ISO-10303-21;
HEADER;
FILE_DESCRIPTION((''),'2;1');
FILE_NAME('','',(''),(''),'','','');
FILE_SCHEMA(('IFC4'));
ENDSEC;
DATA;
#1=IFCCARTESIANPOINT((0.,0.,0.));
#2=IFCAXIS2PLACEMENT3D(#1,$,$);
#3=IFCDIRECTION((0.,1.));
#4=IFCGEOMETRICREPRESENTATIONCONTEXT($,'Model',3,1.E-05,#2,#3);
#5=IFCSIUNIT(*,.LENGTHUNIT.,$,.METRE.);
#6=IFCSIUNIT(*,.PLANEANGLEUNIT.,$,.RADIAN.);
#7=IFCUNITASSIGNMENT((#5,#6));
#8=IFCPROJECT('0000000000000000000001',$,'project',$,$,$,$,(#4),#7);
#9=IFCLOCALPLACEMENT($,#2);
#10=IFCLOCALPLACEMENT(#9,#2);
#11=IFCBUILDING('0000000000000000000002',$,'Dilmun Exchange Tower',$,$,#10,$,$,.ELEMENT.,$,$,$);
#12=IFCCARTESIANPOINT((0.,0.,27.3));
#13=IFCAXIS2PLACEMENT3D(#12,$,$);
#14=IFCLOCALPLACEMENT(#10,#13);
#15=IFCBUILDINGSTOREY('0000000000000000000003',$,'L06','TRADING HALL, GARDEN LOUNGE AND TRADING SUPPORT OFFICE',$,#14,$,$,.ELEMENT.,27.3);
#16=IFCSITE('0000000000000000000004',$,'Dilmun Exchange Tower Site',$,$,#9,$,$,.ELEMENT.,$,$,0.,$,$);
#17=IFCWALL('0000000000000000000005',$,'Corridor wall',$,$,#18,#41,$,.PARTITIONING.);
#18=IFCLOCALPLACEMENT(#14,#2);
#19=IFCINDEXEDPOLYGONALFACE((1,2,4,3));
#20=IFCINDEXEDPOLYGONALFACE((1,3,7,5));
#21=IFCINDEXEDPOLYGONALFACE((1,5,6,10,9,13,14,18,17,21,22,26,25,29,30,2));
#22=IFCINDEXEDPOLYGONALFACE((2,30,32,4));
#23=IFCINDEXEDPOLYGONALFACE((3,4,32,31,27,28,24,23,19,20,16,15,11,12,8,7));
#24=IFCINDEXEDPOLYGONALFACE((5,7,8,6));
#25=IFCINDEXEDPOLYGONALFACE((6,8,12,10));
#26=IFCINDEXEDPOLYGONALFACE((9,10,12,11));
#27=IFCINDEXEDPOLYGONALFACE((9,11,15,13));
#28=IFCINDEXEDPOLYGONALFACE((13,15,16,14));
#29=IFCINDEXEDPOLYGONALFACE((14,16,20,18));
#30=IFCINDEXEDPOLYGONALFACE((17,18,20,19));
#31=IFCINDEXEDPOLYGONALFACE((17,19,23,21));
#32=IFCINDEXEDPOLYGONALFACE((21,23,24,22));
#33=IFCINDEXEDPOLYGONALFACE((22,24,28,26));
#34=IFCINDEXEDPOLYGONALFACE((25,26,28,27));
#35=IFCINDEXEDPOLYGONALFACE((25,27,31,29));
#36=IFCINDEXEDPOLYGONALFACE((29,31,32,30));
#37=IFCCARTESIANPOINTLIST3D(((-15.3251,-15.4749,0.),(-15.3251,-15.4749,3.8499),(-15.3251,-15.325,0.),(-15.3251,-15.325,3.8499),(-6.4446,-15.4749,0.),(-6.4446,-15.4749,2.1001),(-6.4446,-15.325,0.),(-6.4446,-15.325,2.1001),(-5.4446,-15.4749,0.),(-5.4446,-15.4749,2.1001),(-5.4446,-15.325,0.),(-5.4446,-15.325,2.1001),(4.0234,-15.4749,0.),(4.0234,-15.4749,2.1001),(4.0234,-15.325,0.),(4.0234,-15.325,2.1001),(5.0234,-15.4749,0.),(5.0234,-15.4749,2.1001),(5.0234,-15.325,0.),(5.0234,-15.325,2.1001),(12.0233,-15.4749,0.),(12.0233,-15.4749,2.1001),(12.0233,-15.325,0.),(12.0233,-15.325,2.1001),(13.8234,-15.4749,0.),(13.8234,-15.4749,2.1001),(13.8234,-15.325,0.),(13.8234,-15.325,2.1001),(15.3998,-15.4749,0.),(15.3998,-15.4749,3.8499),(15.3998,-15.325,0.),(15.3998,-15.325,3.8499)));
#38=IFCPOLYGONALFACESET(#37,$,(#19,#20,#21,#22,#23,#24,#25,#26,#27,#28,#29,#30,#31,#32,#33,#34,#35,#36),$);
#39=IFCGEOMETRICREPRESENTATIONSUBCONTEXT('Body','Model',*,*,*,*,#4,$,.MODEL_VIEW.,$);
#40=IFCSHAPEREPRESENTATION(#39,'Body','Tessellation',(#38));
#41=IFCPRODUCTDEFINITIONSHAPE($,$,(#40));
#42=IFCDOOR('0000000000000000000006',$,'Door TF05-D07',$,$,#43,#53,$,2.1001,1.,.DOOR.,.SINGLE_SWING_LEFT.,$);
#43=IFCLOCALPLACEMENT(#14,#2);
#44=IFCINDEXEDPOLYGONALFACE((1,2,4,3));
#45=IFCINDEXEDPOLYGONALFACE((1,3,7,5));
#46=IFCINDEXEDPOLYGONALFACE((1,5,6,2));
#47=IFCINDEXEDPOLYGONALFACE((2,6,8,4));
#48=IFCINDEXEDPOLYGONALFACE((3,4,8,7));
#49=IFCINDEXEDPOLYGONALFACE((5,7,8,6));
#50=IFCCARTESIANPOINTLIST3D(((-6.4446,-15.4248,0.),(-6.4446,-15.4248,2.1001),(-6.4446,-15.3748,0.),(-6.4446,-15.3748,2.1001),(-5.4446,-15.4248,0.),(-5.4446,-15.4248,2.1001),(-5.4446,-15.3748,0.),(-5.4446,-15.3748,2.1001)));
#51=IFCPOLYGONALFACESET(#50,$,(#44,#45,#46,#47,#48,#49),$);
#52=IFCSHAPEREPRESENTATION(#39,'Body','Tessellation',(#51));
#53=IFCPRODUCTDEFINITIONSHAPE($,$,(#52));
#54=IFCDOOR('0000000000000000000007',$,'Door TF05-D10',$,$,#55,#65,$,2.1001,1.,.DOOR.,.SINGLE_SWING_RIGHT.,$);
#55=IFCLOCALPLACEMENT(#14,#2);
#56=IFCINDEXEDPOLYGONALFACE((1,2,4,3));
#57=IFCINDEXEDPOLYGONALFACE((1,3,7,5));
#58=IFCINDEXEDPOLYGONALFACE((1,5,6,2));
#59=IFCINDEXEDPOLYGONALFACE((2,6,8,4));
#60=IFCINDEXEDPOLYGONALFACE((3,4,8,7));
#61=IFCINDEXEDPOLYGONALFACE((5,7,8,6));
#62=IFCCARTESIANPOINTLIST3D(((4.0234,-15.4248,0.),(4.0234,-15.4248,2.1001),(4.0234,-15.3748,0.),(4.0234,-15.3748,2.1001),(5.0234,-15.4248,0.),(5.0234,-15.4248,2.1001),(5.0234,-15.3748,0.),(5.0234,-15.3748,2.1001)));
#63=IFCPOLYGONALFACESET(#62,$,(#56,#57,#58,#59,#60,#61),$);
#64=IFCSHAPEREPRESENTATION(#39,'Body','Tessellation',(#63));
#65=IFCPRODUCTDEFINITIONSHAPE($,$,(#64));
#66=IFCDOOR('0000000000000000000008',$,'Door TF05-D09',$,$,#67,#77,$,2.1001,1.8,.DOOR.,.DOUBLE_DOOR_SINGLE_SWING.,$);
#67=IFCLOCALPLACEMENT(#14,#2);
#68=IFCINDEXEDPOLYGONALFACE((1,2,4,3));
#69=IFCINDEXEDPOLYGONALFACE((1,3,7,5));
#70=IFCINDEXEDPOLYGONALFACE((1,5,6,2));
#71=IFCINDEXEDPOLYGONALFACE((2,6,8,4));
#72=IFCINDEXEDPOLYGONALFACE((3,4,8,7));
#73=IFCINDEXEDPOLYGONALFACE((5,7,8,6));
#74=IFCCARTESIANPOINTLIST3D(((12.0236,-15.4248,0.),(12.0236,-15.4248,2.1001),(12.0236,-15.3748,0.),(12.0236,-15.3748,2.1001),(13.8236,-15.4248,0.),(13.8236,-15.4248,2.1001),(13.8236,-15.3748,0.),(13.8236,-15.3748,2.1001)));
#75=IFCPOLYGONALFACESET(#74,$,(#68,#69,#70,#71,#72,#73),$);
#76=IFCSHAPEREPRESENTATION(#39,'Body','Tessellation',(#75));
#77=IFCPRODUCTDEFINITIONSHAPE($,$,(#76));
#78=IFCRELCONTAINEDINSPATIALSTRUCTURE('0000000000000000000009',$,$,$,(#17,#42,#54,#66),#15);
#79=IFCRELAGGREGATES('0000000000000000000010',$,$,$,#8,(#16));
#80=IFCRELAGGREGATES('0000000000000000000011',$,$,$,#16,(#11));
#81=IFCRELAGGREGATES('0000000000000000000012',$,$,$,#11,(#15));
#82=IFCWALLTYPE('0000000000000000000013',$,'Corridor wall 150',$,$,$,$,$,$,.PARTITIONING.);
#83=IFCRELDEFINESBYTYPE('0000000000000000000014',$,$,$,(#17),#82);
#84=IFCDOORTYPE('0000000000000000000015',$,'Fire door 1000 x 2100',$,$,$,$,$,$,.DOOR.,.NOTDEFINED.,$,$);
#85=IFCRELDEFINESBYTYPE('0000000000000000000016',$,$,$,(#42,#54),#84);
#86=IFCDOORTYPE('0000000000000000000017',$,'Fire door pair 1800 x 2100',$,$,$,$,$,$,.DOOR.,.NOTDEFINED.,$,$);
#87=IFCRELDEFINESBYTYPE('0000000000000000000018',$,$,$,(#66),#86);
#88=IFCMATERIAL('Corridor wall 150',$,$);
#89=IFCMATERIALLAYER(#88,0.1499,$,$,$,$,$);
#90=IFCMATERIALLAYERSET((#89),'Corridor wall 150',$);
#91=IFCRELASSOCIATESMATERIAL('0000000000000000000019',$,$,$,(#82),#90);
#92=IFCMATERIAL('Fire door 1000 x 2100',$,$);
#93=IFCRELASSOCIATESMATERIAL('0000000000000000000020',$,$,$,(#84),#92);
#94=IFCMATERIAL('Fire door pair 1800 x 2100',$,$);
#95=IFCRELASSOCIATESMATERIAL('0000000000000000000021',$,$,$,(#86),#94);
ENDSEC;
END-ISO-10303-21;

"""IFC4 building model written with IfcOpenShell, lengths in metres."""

from ifc_helpers import new_model, si_unit, direction, frame, frame_2d, origin, place, context, subcontext, project, spatial, rectangle, extrude, material, layer, layer_set, type_object, element, fill, save


model = new_model("IFC4")

# Units and contexts
model_context = context("Model", 3, precision=1e-05, world=origin(), true_north=direction((0.0, 1.0)))
body_context = subcontext(model_context, "Body", "Model", "MODEL_VIEW")
ifc_project = project(units=[si_unit("LENGTHUNIT", "METRE"), si_unit("PLANEANGLEUNIT", "RADIAN")], contexts=[model_context])

# Site, building, storey
site_placement = place(None, origin())
site = spatial("IfcSite", under=ifc_project, at=site_placement, Name="Dilmun Exchange Tower Site", CompositionType="ELEMENT", RefElevation=0.0)
building_placement = place(site_placement, origin())
building = spatial("IfcBuilding", under=site, at=building_placement, Name="Dilmun Exchange Tower", CompositionType="ELEMENT")
storey_placement = place(building_placement, frame((0.0, 0.0, 27.3)))
storey = spatial("IfcBuildingStorey", under=building, at=storey_placement, Name="L06", Description="TRADING HALL, GARDEN LOUNGE AND TRADING SUPPORT OFFICE", CompositionType="ELEMENT", Elevation=27.3)

# Wall, openings, doors
ifc_material_1 = material(Name="Corridor wall 150")
ifc_layer_1 = layer(ifc_material_1, 0.1499)
ifc_layer_set_1 = layer_set([ifc_layer_1], Name="Corridor wall 150")
wall_type_1 = type_object("IfcWallType", Name="Corridor wall 150", PredefinedType="PARTITIONING", material=ifc_layer_set_1)
ifc_material_2 = material(Name="Fire door 1000 x 2100")
door_type_1 = type_object("IfcDoorType", Name="Fire door 1000 x 2100", OperationType="NOTDEFINED", PredefinedType="DOOR", material=ifc_material_2)
ifc_material_3 = material(Name="Fire door pair 1800 x 2100")
door_type_2 = type_object("IfcDoorType", Name="Fire door pair 1800 x 2100", OperationType="NOTDEFINED", PredefinedType="DOOR", material=ifc_material_3)
wall_1_placement = place(storey_placement, frame((-15.325, -15.3999, 0.0), z_axis=(0.0, 0.0, 1.0), x_axis=(1.0, 0.0, 0.0)))
wall_1 = element("IfcWall", 1, at=wall_1_placement, inside=storey, type_object=wall_type_1, Name="Corridor wall", PredefinedType="PARTITIONING", context=body_context, shape_type="SweptSolid", body=[
    extrude(rectangle(XDim=30.7249, YDim=0.1499, at=frame_2d((15.3623, 0.0))), origin(), (0.0, 0.0, 1.0), 3.8499),
])
opening_1_placement = place(wall_1_placement, frame((8.8804, 0.0, 0.0)))
opening_1 = element("IfcOpeningElement", 2, at=opening_1_placement, cuts=wall_1, PredefinedType="OPENING", context=body_context, shape_type="SweptSolid", body=[
    extrude(rectangle(XDim=1.0, YDim=2.1001, at=frame_2d((0.5, 1.05))), frame((0.0, 0.085, 0.0), z_axis=(0.0, -1.0, 0.0), x_axis=(1.0, 0.0, 0.0)), (0.0, 0.0, 1.0), 0.1699),
])
opening_2_placement = place(wall_1_placement, frame((27.3484, 0.0, 0.0)))
opening_2 = element("IfcOpeningElement", 3, at=opening_2_placement, cuts=wall_1, PredefinedType="OPENING", context=body_context, shape_type="SweptSolid", body=[
    extrude(rectangle(XDim=1.8, YDim=2.1001, at=frame_2d((0.8999, 1.05))), frame((0.0, 0.085, 0.0), z_axis=(0.0, -1.0, 0.0), x_axis=(1.0, 0.0, 0.0)), (0.0, 0.0, 1.0), 0.1699),
])
opening_3_placement = place(wall_1_placement, frame((19.3484, 0.0, 0.0)))
opening_3 = element("IfcOpeningElement", 4, at=opening_3_placement, cuts=wall_1, PredefinedType="OPENING", context=body_context, shape_type="SweptSolid", body=[
    extrude(rectangle(XDim=1.0, YDim=2.1001, at=frame_2d((0.5, 1.05))), frame((0.0, 0.085, 0.0), z_axis=(0.0, -1.0, 0.0), x_axis=(1.0, 0.0, 0.0)), (0.0, 0.0, 1.0), 0.1699),
])
door_1_placement = place(opening_1_placement, frame((1.0, 0.0, 0.0), z_axis=(0.0, 0.0, 1.0), x_axis=(-1.0, 0.0, 0.0)))
door_1 = element("IfcDoor", 5, at=door_1_placement, inside=storey, type_object=door_type_1, Name="Door TF05-D07", OperationType="SINGLE_SWING_LEFT", OverallHeight=2.1001, OverallWidth=1.0, PredefinedType="DOOR", context=body_context, shape_type="SweptSolid", body=[
    extrude(rectangle(XDim=1.0, YDim=2.1001, at=frame_2d((0.5, 1.05))), frame((0.0, 0.0249, 0.0), z_axis=(0.0, -1.0, 0.0), x_axis=(1.0, 0.0, 0.0)), (0.0, 0.0, 1.0), 0.05),
])
fill(opening_1, door_1)
door_2_placement = place(opening_3_placement, frame((1.0, 0.0, 0.0), z_axis=(0.0, 0.0, 1.0), x_axis=(-1.0, 0.0, 0.0)))
door_2 = element("IfcDoor", 6, at=door_2_placement, inside=storey, type_object=door_type_1, Name="Door TF05-D10", OperationType="SINGLE_SWING_RIGHT", OverallHeight=2.1001, OverallWidth=1.0, PredefinedType="DOOR", context=body_context, shape_type="SweptSolid", body=[
    extrude(rectangle(XDim=1.0, YDim=2.1001, at=frame_2d((0.5, 1.05))), frame((0.0, 0.0249, 0.0), z_axis=(0.0, -1.0, 0.0), x_axis=(1.0, 0.0, 0.0)), (0.0, 0.0, 1.0), 0.05),
])
fill(opening_3, door_2)
door_3_placement = place(opening_2_placement, frame((1.8, 0.0, 0.0), z_axis=(0.0, 0.0, 1.0), x_axis=(-1.0, 0.0, 0.0)))
door_3 = element("IfcDoor", 7, at=door_3_placement, inside=storey, type_object=door_type_2, Name="Door TF05-D09", OperationType="DOUBLE_DOOR_SINGLE_SWING", OverallHeight=2.1001, OverallWidth=1.8, PredefinedType="DOOR", context=body_context, shape_type="SweptSolid", body=[
    extrude(rectangle(XDim=1.8, YDim=2.1001, at=frame_2d((0.8999, 1.05))), frame((0.0, 0.0249, 0.0), z_axis=(0.0, -1.0, 0.0), x_axis=(1.0, 0.0, 0.0)), (0.0, 0.0, 1.0), 0.05),
])
fill(opening_2, door_3)

save(model, "model.ifc")
